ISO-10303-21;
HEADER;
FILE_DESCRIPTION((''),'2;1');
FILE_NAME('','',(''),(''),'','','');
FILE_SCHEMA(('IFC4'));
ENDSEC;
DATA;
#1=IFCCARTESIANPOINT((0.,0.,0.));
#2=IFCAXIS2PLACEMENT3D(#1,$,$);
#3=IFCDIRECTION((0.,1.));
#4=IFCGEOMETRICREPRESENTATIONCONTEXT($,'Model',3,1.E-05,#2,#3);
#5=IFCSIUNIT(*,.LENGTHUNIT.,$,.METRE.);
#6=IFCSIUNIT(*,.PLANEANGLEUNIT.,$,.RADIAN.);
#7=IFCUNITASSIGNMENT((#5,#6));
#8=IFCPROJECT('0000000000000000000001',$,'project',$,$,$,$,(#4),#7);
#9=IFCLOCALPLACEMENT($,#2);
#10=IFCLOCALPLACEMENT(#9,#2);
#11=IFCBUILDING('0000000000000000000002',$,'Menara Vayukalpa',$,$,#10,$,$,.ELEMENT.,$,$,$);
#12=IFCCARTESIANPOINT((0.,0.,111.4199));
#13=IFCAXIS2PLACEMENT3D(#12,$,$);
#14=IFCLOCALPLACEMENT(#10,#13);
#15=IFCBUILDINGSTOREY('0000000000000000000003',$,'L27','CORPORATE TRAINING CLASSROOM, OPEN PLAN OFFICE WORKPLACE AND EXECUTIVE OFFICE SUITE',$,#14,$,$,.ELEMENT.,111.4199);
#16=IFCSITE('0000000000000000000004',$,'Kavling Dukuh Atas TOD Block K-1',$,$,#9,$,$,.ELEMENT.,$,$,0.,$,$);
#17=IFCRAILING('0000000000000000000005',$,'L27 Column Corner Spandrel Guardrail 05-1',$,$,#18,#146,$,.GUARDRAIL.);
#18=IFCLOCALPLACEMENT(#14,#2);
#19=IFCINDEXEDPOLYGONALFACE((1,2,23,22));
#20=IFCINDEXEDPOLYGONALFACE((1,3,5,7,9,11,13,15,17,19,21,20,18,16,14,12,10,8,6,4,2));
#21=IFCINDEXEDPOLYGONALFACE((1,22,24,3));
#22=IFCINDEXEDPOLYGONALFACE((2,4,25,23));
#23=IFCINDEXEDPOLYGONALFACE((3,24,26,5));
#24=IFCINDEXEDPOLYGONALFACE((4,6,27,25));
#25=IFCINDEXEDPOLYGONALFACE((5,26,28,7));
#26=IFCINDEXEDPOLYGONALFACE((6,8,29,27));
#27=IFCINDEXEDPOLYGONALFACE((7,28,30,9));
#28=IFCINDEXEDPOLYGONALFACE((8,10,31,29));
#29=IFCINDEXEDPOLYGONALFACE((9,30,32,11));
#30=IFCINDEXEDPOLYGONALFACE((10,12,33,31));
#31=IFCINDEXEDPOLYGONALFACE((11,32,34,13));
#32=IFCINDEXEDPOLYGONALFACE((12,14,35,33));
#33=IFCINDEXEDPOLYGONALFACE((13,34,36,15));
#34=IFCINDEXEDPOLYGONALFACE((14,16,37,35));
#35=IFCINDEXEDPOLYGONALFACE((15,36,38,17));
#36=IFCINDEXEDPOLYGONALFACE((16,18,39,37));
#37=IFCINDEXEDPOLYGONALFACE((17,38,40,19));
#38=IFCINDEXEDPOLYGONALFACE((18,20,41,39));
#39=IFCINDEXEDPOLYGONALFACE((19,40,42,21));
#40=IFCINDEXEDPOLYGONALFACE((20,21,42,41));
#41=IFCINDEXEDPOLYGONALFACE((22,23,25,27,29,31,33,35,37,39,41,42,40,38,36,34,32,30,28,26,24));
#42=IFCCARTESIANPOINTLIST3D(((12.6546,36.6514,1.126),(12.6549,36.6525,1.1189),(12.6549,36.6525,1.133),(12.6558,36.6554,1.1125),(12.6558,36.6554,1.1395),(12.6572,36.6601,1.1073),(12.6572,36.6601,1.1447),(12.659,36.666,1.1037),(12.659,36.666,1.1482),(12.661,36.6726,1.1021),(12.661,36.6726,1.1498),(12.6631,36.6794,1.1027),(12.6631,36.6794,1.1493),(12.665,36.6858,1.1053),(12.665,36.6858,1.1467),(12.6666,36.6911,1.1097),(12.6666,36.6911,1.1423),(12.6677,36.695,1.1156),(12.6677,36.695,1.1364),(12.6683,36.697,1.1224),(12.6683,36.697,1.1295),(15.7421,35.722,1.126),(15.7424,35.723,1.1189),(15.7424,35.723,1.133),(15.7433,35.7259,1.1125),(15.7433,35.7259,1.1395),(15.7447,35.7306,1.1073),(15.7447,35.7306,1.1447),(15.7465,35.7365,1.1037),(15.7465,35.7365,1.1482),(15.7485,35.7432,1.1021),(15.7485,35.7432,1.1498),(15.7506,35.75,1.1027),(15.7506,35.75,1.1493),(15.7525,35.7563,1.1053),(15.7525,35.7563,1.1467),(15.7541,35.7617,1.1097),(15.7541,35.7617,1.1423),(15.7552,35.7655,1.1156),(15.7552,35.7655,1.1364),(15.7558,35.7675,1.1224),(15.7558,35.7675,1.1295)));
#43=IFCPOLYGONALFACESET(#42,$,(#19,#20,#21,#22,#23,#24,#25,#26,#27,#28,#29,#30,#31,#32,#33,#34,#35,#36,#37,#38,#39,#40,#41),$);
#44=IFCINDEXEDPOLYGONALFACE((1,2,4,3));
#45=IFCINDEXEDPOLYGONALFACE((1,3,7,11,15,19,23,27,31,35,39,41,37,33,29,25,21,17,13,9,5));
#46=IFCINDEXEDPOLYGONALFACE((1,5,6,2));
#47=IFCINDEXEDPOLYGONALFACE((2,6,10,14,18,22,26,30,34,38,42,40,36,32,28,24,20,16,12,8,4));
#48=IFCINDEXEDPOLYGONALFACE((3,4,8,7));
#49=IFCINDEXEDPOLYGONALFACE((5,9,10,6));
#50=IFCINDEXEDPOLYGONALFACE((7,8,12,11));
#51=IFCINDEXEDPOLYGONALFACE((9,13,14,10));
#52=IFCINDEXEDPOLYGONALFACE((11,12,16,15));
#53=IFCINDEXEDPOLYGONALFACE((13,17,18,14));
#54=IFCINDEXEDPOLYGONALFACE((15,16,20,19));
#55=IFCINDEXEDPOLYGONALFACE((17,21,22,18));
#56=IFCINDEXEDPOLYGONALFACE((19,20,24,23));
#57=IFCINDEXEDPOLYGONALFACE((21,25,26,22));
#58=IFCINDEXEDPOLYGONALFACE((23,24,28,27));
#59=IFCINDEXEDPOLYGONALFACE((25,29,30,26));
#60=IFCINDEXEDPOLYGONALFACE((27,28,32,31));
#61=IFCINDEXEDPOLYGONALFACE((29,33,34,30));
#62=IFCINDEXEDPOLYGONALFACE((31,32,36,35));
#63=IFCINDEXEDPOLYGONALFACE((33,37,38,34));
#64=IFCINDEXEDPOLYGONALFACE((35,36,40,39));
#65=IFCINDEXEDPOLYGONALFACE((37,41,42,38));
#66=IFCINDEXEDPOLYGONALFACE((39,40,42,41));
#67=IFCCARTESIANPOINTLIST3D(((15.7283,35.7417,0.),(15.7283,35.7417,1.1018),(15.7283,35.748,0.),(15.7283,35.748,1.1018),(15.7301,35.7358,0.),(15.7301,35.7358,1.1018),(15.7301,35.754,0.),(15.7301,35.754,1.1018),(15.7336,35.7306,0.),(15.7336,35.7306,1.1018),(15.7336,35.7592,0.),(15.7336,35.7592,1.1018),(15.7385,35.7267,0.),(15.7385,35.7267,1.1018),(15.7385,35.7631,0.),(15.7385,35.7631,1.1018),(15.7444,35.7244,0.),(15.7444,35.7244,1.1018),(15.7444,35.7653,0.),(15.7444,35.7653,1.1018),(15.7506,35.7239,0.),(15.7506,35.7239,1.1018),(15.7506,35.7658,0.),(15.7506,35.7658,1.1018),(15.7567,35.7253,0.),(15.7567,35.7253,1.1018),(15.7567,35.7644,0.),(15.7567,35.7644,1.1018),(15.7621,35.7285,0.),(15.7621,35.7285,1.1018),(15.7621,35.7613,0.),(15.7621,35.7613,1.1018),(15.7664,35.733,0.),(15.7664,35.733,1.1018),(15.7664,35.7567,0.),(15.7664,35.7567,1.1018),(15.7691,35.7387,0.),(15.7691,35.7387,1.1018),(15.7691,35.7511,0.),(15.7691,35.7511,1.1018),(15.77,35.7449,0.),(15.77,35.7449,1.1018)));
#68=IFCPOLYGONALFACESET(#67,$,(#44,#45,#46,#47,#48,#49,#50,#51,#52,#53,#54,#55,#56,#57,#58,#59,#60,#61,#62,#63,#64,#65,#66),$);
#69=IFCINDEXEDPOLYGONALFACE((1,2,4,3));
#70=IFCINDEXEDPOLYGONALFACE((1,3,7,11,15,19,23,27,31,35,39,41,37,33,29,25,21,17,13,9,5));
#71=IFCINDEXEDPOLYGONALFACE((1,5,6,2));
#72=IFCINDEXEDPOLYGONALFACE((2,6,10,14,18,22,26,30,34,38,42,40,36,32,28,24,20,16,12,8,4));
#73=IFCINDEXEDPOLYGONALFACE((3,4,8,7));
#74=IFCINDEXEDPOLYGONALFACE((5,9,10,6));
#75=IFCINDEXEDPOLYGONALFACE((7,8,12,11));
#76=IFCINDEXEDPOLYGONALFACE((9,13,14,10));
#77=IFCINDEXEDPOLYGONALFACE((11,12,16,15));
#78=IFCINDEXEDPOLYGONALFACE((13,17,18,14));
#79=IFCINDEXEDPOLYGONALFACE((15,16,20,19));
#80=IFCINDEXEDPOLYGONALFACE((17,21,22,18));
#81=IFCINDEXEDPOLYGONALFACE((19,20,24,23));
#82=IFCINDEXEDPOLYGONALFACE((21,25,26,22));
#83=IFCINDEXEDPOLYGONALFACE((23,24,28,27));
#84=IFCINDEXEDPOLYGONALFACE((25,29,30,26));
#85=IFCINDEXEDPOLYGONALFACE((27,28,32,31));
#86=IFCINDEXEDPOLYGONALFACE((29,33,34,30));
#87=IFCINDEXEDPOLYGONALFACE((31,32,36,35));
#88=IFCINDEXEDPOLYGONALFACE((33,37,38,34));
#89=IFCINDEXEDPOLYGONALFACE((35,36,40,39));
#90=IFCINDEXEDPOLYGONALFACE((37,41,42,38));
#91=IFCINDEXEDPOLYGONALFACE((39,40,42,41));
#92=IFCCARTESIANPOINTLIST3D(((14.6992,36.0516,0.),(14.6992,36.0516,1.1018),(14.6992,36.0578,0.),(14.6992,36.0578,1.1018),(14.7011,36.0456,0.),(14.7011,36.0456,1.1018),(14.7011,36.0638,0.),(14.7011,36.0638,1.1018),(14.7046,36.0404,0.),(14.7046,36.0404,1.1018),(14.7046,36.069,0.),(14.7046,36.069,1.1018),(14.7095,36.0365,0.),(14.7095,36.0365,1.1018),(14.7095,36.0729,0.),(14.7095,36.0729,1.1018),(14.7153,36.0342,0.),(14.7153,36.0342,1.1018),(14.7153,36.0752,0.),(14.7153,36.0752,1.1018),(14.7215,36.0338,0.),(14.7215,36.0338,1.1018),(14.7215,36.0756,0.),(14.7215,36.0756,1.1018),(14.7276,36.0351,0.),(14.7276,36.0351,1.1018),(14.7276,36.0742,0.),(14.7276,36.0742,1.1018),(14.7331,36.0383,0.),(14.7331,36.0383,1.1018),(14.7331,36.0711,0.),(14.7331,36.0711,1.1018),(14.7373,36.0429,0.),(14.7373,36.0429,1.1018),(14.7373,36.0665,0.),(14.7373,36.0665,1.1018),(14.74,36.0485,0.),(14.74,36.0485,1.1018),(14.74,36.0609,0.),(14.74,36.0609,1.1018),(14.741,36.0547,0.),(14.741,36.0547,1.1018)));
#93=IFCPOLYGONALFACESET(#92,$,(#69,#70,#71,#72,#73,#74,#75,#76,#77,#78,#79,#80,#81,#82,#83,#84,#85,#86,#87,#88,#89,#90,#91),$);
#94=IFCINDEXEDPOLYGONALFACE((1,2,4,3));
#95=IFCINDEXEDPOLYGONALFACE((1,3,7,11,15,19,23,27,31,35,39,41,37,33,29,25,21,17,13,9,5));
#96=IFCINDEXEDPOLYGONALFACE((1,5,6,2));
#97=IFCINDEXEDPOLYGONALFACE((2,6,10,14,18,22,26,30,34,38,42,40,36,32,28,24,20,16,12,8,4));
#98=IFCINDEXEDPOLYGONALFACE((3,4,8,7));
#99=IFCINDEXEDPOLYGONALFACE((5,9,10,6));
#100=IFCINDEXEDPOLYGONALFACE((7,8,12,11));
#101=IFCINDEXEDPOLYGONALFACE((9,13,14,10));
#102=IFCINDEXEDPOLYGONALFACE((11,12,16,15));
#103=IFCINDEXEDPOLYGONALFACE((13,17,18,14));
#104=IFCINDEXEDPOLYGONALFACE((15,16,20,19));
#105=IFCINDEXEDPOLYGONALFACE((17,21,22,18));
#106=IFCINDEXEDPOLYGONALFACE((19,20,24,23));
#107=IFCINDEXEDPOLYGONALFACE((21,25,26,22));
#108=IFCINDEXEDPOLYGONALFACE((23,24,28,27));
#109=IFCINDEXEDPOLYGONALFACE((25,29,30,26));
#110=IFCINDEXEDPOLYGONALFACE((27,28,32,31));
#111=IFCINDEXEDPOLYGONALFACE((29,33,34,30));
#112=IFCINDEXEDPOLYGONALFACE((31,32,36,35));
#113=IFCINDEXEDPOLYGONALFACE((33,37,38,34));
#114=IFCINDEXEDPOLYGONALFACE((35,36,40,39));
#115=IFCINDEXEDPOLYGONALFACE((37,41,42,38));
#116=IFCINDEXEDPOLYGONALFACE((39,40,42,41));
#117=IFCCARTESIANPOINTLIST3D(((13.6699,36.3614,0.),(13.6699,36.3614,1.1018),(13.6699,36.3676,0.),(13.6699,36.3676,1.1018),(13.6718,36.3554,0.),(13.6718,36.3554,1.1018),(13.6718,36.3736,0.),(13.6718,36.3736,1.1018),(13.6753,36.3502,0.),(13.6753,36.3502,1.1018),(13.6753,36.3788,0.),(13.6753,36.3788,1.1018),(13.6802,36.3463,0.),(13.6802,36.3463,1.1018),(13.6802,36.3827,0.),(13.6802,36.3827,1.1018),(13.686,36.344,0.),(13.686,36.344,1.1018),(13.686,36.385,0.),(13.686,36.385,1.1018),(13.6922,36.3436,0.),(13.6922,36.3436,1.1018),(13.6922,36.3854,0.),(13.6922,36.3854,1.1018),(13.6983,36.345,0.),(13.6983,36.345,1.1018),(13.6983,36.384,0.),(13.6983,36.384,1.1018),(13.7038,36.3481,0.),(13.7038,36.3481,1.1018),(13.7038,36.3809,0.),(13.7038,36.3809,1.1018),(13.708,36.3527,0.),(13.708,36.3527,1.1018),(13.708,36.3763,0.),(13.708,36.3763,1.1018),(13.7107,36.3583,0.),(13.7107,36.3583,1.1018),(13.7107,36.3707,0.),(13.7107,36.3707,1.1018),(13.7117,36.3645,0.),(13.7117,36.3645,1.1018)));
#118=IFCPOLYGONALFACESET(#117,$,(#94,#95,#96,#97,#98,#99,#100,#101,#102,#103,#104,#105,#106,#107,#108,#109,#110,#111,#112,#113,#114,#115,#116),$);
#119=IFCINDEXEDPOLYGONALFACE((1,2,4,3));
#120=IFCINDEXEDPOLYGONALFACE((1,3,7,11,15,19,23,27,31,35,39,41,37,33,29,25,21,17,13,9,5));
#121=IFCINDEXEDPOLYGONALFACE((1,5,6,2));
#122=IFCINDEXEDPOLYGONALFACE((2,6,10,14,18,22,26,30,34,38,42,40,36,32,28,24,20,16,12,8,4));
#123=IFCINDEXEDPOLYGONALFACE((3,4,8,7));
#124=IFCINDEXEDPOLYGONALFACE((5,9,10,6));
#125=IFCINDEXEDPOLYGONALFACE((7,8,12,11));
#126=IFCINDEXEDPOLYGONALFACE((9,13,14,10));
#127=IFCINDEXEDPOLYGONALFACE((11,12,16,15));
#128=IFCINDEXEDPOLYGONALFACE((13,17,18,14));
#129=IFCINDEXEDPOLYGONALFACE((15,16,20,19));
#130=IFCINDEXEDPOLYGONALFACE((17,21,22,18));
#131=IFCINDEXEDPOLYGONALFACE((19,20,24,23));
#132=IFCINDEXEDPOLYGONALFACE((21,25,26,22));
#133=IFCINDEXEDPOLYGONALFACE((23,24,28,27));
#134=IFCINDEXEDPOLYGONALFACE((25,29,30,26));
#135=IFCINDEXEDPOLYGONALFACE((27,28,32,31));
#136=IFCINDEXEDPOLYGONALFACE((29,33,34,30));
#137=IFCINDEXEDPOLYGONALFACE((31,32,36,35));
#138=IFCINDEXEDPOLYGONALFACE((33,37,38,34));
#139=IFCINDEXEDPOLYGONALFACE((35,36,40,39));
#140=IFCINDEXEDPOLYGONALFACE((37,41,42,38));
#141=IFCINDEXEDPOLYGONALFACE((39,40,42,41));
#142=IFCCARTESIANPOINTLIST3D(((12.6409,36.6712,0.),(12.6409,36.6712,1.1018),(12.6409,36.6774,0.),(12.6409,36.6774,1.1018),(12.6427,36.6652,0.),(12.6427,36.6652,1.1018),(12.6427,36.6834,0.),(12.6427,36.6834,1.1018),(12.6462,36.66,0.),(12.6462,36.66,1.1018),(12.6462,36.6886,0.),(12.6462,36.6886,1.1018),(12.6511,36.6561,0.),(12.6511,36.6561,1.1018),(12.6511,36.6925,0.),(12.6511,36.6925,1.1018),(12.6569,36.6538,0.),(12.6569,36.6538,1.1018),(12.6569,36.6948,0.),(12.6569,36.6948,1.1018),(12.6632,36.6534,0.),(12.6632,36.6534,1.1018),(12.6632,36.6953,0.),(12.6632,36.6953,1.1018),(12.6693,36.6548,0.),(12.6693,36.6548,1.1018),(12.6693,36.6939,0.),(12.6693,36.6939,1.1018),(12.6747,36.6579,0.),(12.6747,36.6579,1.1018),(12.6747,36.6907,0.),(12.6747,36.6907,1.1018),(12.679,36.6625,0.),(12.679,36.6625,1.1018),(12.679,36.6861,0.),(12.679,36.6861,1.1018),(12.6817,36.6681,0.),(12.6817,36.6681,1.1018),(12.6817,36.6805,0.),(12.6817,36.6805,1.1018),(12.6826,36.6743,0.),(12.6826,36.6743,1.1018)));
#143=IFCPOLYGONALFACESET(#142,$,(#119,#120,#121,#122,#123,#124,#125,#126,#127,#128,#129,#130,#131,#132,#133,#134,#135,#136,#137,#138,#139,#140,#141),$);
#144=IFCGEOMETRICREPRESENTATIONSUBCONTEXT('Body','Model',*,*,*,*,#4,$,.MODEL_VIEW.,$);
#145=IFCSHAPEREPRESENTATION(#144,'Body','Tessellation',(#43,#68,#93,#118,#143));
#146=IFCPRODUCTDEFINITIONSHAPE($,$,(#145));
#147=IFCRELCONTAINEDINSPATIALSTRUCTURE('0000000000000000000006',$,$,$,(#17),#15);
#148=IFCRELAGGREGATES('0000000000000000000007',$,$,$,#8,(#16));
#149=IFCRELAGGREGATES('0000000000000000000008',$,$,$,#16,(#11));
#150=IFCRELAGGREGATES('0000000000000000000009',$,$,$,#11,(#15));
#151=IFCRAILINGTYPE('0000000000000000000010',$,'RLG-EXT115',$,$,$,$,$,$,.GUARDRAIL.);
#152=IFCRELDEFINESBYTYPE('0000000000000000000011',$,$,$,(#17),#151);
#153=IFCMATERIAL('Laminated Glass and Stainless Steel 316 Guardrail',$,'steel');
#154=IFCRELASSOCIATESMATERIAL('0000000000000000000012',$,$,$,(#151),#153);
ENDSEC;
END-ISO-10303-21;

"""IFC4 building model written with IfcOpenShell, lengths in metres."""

from ifc_helpers import new_model, si_unit, direction, frame, origin, origin_2d, place, context, subcontext, project, spatial, circle, extrude, material, type_object, element, save


model = new_model("IFC4")

# Units and contexts
model_context = context("Model", 3, precision=1e-05, world=origin(), true_north=direction((0.0, 1.0)))
body_context = subcontext(model_context, "Body", "Model", "MODEL_VIEW")
ifc_project = project(units=[si_unit("LENGTHUNIT", "METRE"), si_unit("PLANEANGLEUNIT", "RADIAN")], contexts=[model_context])

# Site, building, storey
site_placement = place(None, origin())
site = spatial("IfcSite", under=ifc_project, at=site_placement, Name="Kavling Dukuh Atas TOD Block K-1", CompositionType="ELEMENT", RefElevation=0.0)
building_placement = place(site_placement, origin())
building = spatial("IfcBuilding", under=site, at=building_placement, Name="Menara Vayukalpa", CompositionType="ELEMENT")
storey_placement = place(building_placement, frame((0.0, 0.0, 111.4199)))
storey = spatial("IfcBuildingStorey", under=building, at=storey_placement, Name="L27", Description="CORPORATE TRAINING CLASSROOM, OPEN PLAN OFFICE WORKPLACE AND EXECUTIVE OFFICE SUITE", CompositionType="ELEMENT", Elevation=111.4199)

# Railing
ifc_material_1 = material(Name="Laminated Glass and Stainless Steel 316 Guardrail", Category="steel")
railing_type = type_object("IfcRailingType", Name="RLG-EXT115", PredefinedType="GUARDRAIL", material=ifc_material_1)
railing_placement = place(storey_placement, frame((15.749, 35.7449, 0.0)))
element("IfcRailing", 1, at=railing_placement, inside=storey, type_object=railing_type, Name="L27 Column Corner Spandrel Guardrail 05-1", PredefinedType="GUARDRAIL", context=body_context, shape_type="SweptSolid", body=[
    extrude(circle(Radius=0.0239, at=origin_2d()), frame((0.0, 0.0, 1.126), z_axis=(-0.957551, 0.288265, 0.0), x_axis=(-0.288265, -0.957551, 0.0)), (0.0, 0.0, 1.0), 3.2244),
    extrude(circle(Radius=0.021, at=origin_2d()), origin(), (0.0, 0.0, 1.0), 1.1018),
    extrude(circle(Radius=0.021, at=origin_2d()), frame((-1.0291, 0.3098, 0.0)), (0.0, 0.0, 1.0), 1.1018),
    extrude(circle(Radius=0.021, at=origin_2d()), frame((-2.0583, 0.6196, 0.0)), (0.0, 0.0, 1.0), 1.1018),
    extrude(circle(Radius=0.021, at=origin_2d()), frame((-3.0874, 0.9294, 0.0)), (0.0, 0.0, 1.0), 1.1018),
])

save(model, "model.ifc")
